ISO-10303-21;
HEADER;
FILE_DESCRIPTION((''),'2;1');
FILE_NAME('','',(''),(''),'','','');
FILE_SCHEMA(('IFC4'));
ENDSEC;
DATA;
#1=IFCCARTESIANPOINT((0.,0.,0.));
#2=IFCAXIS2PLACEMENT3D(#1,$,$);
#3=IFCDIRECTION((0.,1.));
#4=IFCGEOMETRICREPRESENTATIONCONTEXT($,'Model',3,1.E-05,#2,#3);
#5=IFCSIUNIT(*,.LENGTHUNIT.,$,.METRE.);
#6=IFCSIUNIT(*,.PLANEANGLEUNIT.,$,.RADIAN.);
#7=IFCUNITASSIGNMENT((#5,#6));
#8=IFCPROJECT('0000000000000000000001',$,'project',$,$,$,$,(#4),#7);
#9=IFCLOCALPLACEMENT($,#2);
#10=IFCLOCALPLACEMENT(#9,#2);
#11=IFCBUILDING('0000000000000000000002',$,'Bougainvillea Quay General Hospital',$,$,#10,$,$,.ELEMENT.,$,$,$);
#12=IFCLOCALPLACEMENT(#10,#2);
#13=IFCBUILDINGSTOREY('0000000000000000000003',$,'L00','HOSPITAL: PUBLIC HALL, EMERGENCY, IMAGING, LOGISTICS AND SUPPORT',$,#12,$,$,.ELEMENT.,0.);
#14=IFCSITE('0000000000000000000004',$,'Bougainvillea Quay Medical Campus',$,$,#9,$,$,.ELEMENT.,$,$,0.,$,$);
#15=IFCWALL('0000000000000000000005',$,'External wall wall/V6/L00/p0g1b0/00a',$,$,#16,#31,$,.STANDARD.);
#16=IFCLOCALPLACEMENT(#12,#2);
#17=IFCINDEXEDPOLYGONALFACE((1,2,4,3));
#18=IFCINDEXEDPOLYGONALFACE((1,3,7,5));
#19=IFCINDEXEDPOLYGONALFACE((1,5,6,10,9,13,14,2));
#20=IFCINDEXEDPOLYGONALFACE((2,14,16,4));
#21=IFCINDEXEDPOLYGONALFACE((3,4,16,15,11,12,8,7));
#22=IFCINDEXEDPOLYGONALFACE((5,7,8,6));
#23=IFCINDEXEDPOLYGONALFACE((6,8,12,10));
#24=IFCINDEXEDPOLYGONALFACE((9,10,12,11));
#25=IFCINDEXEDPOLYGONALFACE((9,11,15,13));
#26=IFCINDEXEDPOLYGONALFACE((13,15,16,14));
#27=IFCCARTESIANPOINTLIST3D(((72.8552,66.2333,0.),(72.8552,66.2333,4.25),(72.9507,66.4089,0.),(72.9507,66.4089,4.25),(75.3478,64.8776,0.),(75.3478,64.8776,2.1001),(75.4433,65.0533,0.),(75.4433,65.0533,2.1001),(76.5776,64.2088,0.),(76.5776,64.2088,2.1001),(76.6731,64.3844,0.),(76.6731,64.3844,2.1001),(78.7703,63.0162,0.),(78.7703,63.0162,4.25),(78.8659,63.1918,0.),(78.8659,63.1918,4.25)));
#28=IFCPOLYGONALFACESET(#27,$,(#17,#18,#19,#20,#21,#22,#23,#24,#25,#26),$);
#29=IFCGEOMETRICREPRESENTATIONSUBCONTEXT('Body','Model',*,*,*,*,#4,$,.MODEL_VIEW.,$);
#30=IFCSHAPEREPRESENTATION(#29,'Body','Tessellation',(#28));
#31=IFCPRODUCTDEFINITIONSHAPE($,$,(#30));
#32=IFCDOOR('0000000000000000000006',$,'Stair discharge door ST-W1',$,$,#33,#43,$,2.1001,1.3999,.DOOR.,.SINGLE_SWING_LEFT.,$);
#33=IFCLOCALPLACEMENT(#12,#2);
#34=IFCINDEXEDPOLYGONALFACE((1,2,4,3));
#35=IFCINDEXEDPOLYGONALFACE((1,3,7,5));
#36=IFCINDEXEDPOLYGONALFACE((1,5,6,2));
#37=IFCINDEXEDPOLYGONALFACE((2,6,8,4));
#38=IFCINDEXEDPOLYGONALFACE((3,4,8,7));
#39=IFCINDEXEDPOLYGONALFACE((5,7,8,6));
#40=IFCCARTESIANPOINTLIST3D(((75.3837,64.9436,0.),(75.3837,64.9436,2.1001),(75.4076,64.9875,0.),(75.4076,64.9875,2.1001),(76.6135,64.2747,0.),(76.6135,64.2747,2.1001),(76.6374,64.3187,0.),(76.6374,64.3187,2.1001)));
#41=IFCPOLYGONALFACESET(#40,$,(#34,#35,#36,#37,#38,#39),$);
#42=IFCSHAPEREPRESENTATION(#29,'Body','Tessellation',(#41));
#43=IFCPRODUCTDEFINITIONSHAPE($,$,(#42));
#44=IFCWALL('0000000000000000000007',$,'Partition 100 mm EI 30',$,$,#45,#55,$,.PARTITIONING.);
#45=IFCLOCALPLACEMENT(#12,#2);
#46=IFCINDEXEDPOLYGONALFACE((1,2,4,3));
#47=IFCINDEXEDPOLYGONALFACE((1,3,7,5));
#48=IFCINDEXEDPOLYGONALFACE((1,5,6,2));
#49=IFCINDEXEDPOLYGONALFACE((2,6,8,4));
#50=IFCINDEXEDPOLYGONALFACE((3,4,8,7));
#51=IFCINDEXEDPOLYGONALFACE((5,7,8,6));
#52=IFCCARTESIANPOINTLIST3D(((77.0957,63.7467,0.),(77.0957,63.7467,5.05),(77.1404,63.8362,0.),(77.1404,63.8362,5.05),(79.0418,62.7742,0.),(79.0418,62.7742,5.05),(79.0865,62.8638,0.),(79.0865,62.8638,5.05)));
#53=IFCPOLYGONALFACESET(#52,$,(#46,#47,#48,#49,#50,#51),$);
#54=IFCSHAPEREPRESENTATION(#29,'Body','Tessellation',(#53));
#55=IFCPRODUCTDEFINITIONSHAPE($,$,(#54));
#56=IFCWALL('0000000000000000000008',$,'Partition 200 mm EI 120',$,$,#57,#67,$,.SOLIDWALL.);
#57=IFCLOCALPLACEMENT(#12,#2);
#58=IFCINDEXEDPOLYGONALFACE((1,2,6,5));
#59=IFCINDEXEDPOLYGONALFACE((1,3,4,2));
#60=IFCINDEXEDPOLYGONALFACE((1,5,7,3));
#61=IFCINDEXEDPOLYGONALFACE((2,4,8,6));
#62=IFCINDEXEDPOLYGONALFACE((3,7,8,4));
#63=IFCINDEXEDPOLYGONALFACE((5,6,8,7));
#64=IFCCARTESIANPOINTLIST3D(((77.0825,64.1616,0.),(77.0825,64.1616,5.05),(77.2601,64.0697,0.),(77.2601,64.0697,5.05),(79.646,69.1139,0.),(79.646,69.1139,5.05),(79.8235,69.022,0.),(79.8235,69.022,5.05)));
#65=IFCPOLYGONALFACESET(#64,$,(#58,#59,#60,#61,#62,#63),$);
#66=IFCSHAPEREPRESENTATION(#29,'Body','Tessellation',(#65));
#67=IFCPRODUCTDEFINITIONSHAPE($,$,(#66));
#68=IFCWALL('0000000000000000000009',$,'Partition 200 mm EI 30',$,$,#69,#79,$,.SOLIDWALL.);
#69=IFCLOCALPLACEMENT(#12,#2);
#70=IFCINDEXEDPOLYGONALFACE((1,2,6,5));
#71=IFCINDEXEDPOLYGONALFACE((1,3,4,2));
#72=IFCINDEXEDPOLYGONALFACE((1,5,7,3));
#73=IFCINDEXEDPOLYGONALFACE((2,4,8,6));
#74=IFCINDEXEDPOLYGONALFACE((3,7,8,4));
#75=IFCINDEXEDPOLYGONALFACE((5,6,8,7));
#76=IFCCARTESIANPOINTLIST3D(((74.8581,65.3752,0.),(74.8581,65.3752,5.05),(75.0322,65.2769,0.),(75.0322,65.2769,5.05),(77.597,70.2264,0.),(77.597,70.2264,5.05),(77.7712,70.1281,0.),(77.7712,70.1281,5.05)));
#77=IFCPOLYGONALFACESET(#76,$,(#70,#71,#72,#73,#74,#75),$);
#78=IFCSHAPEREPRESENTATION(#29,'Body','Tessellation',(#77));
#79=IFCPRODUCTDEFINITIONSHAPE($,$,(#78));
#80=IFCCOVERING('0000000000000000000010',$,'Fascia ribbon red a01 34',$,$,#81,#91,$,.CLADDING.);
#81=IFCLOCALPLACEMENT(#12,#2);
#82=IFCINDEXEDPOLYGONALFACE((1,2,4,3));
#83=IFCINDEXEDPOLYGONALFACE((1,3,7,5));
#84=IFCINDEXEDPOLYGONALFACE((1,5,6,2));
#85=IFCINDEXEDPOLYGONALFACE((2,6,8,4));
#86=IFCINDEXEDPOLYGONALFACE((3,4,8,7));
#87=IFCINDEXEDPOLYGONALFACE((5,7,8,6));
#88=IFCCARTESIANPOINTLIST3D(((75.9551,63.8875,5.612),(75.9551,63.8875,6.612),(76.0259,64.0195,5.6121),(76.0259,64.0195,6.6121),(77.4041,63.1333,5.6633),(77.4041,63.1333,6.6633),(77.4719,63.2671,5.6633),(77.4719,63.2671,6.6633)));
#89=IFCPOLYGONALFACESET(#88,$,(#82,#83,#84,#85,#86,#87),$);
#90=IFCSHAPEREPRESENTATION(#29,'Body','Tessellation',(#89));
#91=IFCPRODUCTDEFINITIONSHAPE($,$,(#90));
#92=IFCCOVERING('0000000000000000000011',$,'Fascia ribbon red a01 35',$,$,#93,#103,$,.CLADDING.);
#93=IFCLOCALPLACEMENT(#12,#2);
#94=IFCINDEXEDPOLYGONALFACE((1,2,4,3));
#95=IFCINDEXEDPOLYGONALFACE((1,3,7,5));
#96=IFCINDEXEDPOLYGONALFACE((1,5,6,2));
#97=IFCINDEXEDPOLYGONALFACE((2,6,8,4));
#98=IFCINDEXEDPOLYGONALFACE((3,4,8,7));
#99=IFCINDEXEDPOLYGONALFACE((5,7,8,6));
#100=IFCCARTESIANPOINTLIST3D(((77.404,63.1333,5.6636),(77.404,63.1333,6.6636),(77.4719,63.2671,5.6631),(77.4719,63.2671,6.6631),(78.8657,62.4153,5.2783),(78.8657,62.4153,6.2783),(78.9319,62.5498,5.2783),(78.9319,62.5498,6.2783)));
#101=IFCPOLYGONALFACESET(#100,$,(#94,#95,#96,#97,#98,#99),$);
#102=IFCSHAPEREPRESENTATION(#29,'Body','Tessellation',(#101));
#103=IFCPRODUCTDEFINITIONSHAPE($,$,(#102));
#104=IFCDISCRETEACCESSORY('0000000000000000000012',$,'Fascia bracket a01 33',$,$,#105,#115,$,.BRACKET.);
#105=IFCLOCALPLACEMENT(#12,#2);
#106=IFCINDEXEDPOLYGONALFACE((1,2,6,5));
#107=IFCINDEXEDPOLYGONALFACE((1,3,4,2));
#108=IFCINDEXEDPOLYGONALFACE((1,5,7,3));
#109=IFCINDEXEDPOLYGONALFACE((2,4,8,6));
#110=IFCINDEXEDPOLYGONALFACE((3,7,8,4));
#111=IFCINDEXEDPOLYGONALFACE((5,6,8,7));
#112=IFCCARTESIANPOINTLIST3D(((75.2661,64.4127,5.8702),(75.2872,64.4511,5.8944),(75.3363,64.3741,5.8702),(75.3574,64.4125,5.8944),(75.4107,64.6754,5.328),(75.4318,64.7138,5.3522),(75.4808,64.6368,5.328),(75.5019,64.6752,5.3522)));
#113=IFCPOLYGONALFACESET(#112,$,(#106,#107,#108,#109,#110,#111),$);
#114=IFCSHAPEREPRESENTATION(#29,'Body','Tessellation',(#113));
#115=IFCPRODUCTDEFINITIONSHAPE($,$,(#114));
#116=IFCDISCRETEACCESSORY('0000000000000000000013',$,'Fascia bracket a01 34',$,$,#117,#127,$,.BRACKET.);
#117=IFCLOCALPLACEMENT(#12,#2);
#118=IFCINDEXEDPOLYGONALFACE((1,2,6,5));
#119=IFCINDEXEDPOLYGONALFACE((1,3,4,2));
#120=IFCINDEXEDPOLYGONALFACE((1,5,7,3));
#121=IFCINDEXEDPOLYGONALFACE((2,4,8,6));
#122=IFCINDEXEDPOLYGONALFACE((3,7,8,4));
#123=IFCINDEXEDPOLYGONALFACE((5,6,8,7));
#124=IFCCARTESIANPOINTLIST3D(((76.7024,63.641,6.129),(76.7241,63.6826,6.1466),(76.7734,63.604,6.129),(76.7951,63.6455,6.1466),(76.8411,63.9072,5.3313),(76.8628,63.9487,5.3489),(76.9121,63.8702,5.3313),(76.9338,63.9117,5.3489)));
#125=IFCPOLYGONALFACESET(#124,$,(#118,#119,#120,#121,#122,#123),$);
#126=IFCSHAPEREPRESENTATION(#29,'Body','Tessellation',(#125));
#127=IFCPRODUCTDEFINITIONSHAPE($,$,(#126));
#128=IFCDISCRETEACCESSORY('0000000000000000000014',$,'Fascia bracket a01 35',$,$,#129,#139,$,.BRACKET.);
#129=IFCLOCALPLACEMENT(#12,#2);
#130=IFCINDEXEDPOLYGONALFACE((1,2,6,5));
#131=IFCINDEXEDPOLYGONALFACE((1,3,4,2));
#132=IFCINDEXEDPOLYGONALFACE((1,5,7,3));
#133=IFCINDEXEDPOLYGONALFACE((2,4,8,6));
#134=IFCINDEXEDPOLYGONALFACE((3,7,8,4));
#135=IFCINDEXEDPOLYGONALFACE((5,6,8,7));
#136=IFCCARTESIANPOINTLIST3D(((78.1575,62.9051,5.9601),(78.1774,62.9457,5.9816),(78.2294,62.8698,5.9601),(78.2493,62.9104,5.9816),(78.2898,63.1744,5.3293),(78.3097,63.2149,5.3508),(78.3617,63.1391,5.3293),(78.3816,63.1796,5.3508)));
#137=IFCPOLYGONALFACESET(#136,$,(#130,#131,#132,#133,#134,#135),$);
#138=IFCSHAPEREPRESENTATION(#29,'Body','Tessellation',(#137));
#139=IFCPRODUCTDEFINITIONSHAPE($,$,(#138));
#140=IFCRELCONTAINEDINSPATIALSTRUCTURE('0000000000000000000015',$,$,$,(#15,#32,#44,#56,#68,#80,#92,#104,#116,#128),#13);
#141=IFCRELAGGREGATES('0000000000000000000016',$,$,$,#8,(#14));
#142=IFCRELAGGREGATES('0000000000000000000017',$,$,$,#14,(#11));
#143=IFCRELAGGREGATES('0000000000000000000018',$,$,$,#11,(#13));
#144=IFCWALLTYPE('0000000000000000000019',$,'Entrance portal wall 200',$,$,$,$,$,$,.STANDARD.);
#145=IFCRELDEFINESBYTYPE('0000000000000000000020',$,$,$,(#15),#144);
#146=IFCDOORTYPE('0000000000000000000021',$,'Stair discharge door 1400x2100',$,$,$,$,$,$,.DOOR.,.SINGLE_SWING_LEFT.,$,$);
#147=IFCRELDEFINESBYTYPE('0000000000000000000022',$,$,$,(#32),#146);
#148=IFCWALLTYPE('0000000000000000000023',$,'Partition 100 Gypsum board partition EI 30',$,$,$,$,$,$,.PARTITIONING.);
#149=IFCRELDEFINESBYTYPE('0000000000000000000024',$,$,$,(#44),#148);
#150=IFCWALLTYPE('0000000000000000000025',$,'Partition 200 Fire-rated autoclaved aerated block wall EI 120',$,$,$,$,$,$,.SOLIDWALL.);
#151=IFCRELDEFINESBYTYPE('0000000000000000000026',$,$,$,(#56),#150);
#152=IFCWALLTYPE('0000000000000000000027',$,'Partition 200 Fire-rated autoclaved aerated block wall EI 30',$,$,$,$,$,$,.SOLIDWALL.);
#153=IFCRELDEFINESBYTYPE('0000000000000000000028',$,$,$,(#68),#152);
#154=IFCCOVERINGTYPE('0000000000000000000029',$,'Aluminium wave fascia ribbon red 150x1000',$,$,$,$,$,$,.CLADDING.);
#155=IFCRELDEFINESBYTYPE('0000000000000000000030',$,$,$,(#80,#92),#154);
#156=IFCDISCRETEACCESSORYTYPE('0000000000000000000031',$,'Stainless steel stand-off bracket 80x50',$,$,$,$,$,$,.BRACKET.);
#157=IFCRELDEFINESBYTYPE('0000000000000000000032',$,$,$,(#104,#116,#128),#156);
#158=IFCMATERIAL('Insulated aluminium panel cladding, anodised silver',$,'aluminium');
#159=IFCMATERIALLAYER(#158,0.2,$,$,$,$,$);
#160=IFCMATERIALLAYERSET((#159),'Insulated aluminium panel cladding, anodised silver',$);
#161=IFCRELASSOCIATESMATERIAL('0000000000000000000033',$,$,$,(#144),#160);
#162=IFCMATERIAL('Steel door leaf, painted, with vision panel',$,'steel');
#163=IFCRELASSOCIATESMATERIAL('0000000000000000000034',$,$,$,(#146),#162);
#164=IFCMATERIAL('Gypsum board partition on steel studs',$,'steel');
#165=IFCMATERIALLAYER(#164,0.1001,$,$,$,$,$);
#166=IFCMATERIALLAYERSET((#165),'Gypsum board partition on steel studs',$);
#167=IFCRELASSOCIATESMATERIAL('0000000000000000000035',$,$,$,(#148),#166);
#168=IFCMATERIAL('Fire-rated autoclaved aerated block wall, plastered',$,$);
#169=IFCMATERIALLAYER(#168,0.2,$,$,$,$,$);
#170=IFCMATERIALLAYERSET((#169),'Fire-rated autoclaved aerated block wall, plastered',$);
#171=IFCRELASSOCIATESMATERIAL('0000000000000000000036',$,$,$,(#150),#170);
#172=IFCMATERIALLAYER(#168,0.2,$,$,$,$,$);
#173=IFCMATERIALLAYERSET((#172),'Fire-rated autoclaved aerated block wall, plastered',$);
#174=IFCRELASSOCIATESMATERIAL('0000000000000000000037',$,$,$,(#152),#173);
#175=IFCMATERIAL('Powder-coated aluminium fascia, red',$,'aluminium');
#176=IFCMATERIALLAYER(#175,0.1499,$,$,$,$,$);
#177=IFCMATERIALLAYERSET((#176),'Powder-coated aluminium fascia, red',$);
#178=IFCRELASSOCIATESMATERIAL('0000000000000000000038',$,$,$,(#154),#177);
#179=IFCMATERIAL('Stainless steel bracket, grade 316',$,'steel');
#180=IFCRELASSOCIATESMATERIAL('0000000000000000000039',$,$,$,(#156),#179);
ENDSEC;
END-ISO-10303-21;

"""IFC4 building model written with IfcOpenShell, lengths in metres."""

from ifc_helpers import new_model, si_unit, direction, frame, frame_2d, origin, origin_2d, place, context, subcontext, project, spatial, polyline, rectangle, outline, extrude, material, layer, layer_set, material_profile, profile_set, type_object, element, fill, save


model = new_model("IFC4")

# Units and contexts
model_context = context("Model", 3, precision=1e-05, world=origin(), true_north=direction((0.0, 1.0)))
body_context = subcontext(model_context, "Body", "Model", "MODEL_VIEW")
ifc_project = project(units=[si_unit("LENGTHUNIT", "METRE"), si_unit("PLANEANGLEUNIT", "RADIAN")], contexts=[model_context])

# Site, building, storey
site_placement = place(None, origin())
site = spatial("IfcSite", under=ifc_project, at=site_placement, Name="Bougainvillea Quay Medical Campus", CompositionType="ELEMENT", RefElevation=0.0)
building_placement = place(site_placement, origin())
building = spatial("IfcBuilding", under=site, at=building_placement, Name="Bougainvillea Quay General Hospital", CompositionType="ELEMENT")
storey_placement = place(building_placement, origin())
storey = spatial("IfcBuildingStorey", under=building, at=storey_placement, Name="L00", Description="HOSPITAL: PUBLIC HALL, EMERGENCY, IMAGING, LOGISTICS AND SUPPORT", CompositionType="ELEMENT", Elevation=0.0)

# Wall, opening, door
ifc_material_1 = material(Name="Insulated aluminium panel cladding, anodised silver", Category="aluminium")
ifc_layer_1 = layer(ifc_material_1, 0.2)
ifc_layer_set_1 = layer_set([ifc_layer_1], Name="Insulated aluminium panel cladding, anodised silver")
wall_type_1 = type_object("IfcWallType", Name="Entrance portal wall 200", PredefinedType="STANDARD", material=ifc_layer_set_1)
wall_1_placement = place(storey_placement, frame((78.8181, 63.104, 0.0), z_axis=(0.0, 0.0, 1.0), x_axis=(-0.878478, 0.477782, 0.0)))
wall_1 = element("IfcWall", 1, at=wall_1_placement, inside=storey, type_object=wall_type_1, Name="External wall wall/V6/L00/p0g1b0/00a", PredefinedType="STANDARD", context=body_context, shape_type="SweptSolid", body=[
    extrude(rectangle(XDim=6.7334, YDim=0.2, at=frame_2d((3.3667, 0.0))), origin(), (0.0, 0.0, 1.0), 4.25),
])
opening_placement = place(wall_1_placement, frame((2.4961, 0.0, 0.0)))
opening = element("IfcOpeningElement", 2, at=opening_placement, cuts=wall_1, PredefinedType="OPENING", context=body_context, shape_type="SweptSolid", body=[
    extrude(rectangle(XDim=1.3999, YDim=2.1001, at=frame_2d((0.7, 1.05))), frame((0.0, 0.1099, 0.0), z_axis=(0.0, -1.0, 0.0), x_axis=(1.0, 0.0, 0.0)), (0.0, 0.0, 1.0), 0.22),
])
ifc_material_2 = material(Name="Steel door leaf, painted, with vision panel", Category="steel")
door_type = type_object("IfcDoorType", Name="Stair discharge door 1400x2100", OperationType="SINGLE_SWING_LEFT", PredefinedType="DOOR", material=ifc_material_2)
door_placement = place(opening_placement, origin())
door = element("IfcDoor", 3, at=door_placement, inside=storey, type_object=door_type, Name="Stair discharge door ST-W1", OperationType="SINGLE_SWING_LEFT", OverallHeight=2.1001, OverallWidth=1.3999, PredefinedType="DOOR", context=body_context, shape_type="SweptSolid", body=[
    extrude(rectangle(XDim=1.3999, YDim=2.1001, at=frame_2d((0.7, 1.05))), frame((0.0, 0.0249, 0.0), z_axis=(0.0, -1.0, 0.0), x_axis=(1.0, 0.0, 0.0)), (0.0, 0.0, 1.0), 0.05),
])
fill(opening, door)

# Walls
ifc_material_3 = material(Name="Gypsum board partition on steel studs", Category="steel")
ifc_layer_2 = layer(ifc_material_3, 0.1001)
ifc_layer_set_2 = layer_set([ifc_layer_2], Name="Gypsum board partition on steel studs")
wall_type_2 = type_object("IfcWallType", Name="Partition 100 Gypsum board partition EI 30", PredefinedType="PARTITIONING", material=ifc_layer_set_2)
wall_2_placement = place(storey_placement, frame((77.1179, 63.7915, 0.0), z_axis=(0.0, 0.0, 1.0), x_axis=(0.894539, -0.446989, 0.0)))
element("IfcWall", 4, at=wall_2_placement, inside=storey, type_object=wall_type_2, Name="Partition 100 mm EI 30", PredefinedType="PARTITIONING", context=body_context, shape_type="SweptSolid", body=[
    extrude(rectangle(XDim=2.1755, YDim=0.1001, at=frame_2d((1.0879, 0.0))), origin(), (0.0, 0.0, 1.0), 5.05),
])
ifc_material_4 = material(Name="Fire-rated autoclaved aerated block wall, plastered")
ifc_layer_3 = layer(ifc_material_4, 0.2)
ifc_layer_set_3 = layer_set([ifc_layer_3], Name="Fire-rated autoclaved aerated block wall, plastered")
wall_type_3 = type_object("IfcWallType", Name="Partition 200 Fire-rated autoclaved aerated block wall EI 120", PredefinedType="SOLIDWALL", material=ifc_layer_set_3)
wall_3_placement = place(storey_placement, frame((77.1714, 64.1157, 0.0), z_axis=(0.0, 0.0, 1.0), x_axis=(0.459691, 0.888079, 0.0)))
element("IfcWall", 5, at=wall_3_placement, inside=storey, type_object=wall_type_3, Name="Partition 200 mm EI 120", PredefinedType="SOLIDWALL", context=body_context, shape_type="SweptSolid", body=[
    extrude(rectangle(XDim=5.5764, YDim=0.2, at=frame_2d((2.7881, 0.0))), origin(), (0.0, 0.0, 1.0), 5.05),
])
ifc_layer_4 = layer(ifc_material_4, 0.2)
ifc_layer_set_4 = layer_set([ifc_layer_4], Name="Fire-rated autoclaved aerated block wall, plastered")
wall_type_4 = type_object("IfcWallType", Name="Partition 200 Fire-rated autoclaved aerated block wall EI 30", PredefinedType="SOLIDWALL", material=ifc_layer_set_4)
wall_4_placement = place(storey_placement, frame((74.9451, 65.3259, 0.0), z_axis=(0.0, 0.0, 1.0), x_axis=(0.491644, 0.870796, 0.0)))
element("IfcWall", 6, at=wall_4_placement, inside=storey, type_object=wall_type_4, Name="Partition 200 mm EI 30", PredefinedType="SOLIDWALL", context=body_context, shape_type="SweptSolid", body=[
    extrude(rectangle(XDim=5.571, YDim=0.2, at=frame_2d((2.7856, 0.0))), origin(), (0.0, 0.0, 1.0), 5.05),
])

# Coverings
ifc_material_5 = material(Name="Powder-coated aluminium fascia, red", Category="aluminium")
ifc_layer_5 = layer(ifc_material_5, 0.1499)
ifc_layer_set_5 = layer_set([ifc_layer_5], Name="Powder-coated aluminium fascia, red")
covering_type = type_object("IfcCoveringType", Name="Aluminium wave fascia ribbon red 150x1000", PredefinedType="CLADDING", material=ifc_layer_set_5)
covering_1_placement = place(storey_placement, frame((76.0259, 64.0195, 5.6121), z_axis=(-0.027844, 0.014523, 0.999507), x_axis=(0.886654, -0.461366, 0.031404)))
element("IfcCovering", 7, at=covering_1_placement, inside=storey, type_object=covering_type, Name="Fascia ribbon red a01 34", PredefinedType="CLADDING", context=body_context, shape_type="SweptSolid", body=[
    extrude(outline(polyline([(0.0, 0.0), (1.6309, 0.0), (1.6324, -0.15), (-0.0018, -0.1498), (0.0, 0.0)])), origin(), (0.031404, -0.00003, 0.999507), 1.0),
])
covering_2_placement = place(storey_placement, frame((77.4719, 63.2671, 5.6631), z_axis=(0.206639, -0.101454, 0.973143), x_axis=(0.873422, -0.429116, -0.230201)))
element("IfcCovering", 8, at=covering_2_placement, inside=storey, type_object=covering_type, Name="Fascia ribbon red a01 35", PredefinedType="CLADDING", context=body_context, shape_type="SweptSolid", body=[
    extrude(outline(polyline([(0.0, 0.0), (1.6715, 0.0), (1.6715, -0.1499), (-0.002, -0.15), (0.0, 0.0)])), origin(), (-0.230201, -0.000059, 0.973143), 1.0),
])

# Discrete accessories
ifc_material_6 = material(Name="Stainless steel bracket, grade 316", Category="steel")
ifc_material_profile_1 = material_profile(ifc_material_6, rectangle(XDim=0.0801, YDim=0.05, at=origin_2d()))
ifc_profile_set_1 = profile_set([ifc_material_profile_1], Name="Stainless steel bracket, grade 316")
discrete_accessory_type = type_object("IfcDiscreteAccessoryType", Name="Stainless steel stand-off bracket 80x50", PredefinedType="BRACKET", material=ifc_profile_set_1)
discrete_accessory_1_placement = place(storey_placement, frame((75.4563, 64.6753, 5.3401), z_axis=(-0.233261, -0.423968, 0.875123), x_axis=(0.876147, -0.482044, 0.0)))
element("IfcDiscreteAccessory", 9, at=discrete_accessory_1_placement, inside=storey, type_object=discrete_accessory_type, Name="Fascia bracket a01 33", PredefinedType="BRACKET", context=body_context, shape_type="SweptSolid", body=[
    extrude(rectangle(XDim=0.0801, YDim=0.05, at=origin_2d()), origin(), (0.0, 0.0, 1.0), 0.6196),
])
discrete_accessory_2_placement = place(storey_placement, frame((76.8875, 63.9094, 5.3401), z_axis=(-0.162725, -0.312271, 0.935953), x_axis=(0.886817, -0.462121, 0.0)))
element("IfcDiscreteAccessory", 10, at=discrete_accessory_2_placement, inside=storey, type_object=discrete_accessory_type, Name="Fascia bracket a01 34", PredefinedType="BRACKET", context=body_context, shape_type="SweptSolid", body=[
    extrude(rectangle(XDim=0.0801, YDim=0.05, at=origin_2d()), origin(), (0.0, 0.0, 1.0), 0.8523),
])
discrete_accessory_3_placement = place(storey_placement, frame((78.3357, 63.177, 5.3401), z_axis=(-0.18942, -0.38548, 0.903064), x_axis=(0.897498, -0.441019, 0.0)))
element("IfcDiscreteAccessory", 11, at=discrete_accessory_3_placement, inside=storey, type_object=discrete_accessory_type, Name="Fascia bracket a01 35", PredefinedType="BRACKET", context=body_context, shape_type="SweptSolid", body=[
    extrude(rectangle(XDim=0.0801, YDim=0.05, at=origin_2d()), origin(), (0.0, 0.0, 1.0), 0.6985),
])

save(model, "model.ifc")
